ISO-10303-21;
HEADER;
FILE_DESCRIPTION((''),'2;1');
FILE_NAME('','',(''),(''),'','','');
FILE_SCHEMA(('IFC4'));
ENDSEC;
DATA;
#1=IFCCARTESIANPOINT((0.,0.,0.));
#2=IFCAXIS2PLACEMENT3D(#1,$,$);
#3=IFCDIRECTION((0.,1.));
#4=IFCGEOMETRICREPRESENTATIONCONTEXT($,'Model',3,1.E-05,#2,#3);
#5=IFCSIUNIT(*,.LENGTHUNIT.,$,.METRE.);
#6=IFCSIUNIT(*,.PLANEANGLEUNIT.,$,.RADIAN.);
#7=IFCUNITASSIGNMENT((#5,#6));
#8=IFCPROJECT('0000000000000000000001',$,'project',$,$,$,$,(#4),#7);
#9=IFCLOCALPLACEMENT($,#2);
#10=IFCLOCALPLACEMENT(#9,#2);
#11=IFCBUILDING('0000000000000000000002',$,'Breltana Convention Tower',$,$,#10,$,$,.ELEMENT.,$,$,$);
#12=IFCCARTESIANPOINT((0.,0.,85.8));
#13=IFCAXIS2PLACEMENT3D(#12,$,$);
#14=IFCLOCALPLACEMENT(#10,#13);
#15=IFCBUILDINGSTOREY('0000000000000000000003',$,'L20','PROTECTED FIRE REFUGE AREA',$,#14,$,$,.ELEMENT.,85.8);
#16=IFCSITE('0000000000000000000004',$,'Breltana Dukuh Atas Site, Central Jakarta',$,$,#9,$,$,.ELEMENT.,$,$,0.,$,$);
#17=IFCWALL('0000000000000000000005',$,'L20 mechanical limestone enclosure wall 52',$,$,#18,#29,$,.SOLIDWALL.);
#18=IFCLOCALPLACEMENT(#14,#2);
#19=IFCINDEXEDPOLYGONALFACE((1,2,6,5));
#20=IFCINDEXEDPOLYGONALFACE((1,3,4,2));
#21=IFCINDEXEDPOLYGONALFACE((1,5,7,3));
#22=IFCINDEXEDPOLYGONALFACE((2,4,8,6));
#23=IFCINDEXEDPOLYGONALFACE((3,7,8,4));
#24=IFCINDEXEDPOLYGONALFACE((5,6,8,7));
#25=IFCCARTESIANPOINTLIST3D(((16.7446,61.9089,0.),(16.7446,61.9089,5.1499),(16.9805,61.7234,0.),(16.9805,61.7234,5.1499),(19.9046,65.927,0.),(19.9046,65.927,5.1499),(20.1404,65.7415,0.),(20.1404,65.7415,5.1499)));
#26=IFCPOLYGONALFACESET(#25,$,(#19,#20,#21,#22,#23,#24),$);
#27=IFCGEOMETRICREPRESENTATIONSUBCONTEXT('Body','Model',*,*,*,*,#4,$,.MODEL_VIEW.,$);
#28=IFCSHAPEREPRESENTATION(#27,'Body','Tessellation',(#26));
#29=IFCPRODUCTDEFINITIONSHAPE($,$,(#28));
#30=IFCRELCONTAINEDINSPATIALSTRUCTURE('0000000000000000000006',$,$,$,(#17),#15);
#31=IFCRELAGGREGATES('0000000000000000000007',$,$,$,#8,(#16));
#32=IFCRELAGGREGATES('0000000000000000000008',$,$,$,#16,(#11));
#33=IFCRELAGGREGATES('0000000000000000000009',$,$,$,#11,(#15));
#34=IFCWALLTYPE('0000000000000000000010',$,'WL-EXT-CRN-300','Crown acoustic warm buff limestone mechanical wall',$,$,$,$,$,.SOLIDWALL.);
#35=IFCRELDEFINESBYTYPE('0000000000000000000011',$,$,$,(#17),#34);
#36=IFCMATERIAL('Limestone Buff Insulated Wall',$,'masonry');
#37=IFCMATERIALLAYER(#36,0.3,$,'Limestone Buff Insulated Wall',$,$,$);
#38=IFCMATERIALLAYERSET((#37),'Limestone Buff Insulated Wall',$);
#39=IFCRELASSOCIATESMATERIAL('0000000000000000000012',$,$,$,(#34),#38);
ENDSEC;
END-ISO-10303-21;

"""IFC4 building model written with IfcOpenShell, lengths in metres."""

from ifc_helpers import new_model, si_unit, direction, frame, frame_2d, origin, place, context, subcontext, project, spatial, rectangle, extrude, source, transform, mapped, material, layer, layer_set, type_object, element, save


model = new_model("IFC4")

# Units and contexts
model_context = context("Model", 3, precision=1e-05, world=origin(), true_north=direction((0.0, 1.0)))
body_context = subcontext(model_context, "Body", "Model", "MODEL_VIEW")
ifc_project = project(units=[si_unit("LENGTHUNIT", "METRE"), si_unit("PLANEANGLEUNIT", "RADIAN")], contexts=[model_context])

# Site, building, storey
site_placement = place(None, origin())
site = spatial("IfcSite", under=ifc_project, at=site_placement, Name="Breltana Dukuh Atas Site, Central Jakarta", CompositionType="ELEMENT", RefElevation=0.0)
building_placement = place(site_placement, origin())
building = spatial("IfcBuilding", under=site, at=building_placement, Name="Breltana Convention Tower", CompositionType="ELEMENT")
storey_placement = place(building_placement, frame((0.0, 0.0, 85.8)))
storey = spatial("IfcBuildingStorey", under=building, at=storey_placement, Name="L20", Description="PROTECTED FIRE REFUGE AREA", CompositionType="ELEMENT", Elevation=85.8)

# Wall
ifc_material_1 = material(Name="Limestone Buff Insulated Wall", Category="masonry")
ifc_layer_1 = layer(ifc_material_1, 0.3, Name="Limestone Buff Insulated Wall")
ifc_layer_set_1 = layer_set([ifc_layer_1], Name="Limestone Buff Insulated Wall")
wall_type = type_object("IfcWallType", Name="WL-EXT-CRN-300", Description="Crown acoustic warm buff limestone mechanical wall", PredefinedType="SOLIDWALL", material=ifc_layer_set_1)
shared_shape_1 = source(origin(), body_context, "Body", "SweptSolid", [
    extrude(rectangle(XDim=5.1118, YDim=0.3, at=frame_2d((2.5559, 0.0))), origin(), (0.0, 0.0, 1.0), 5.1499),
])
wall_1_placement = place(storey_placement, frame((16.8625, 61.8162, 0.0), z_axis=(0.0, 0.0, 1.0), x_axis=(0.618167, 0.786046, 0.0)))
element("IfcWall", 1, at=wall_1_placement, inside=storey, type_object=wall_type, Name="L20 mechanical limestone enclosure wall 52", PredefinedType="SOLIDWALL", context=body_context, shape_type="MappedRepresentation", body=[
    mapped(shared_shape_1, transform((0.0, 0.0, 0.0), scale=1.0)),
])

save(model, "model.ifc")
